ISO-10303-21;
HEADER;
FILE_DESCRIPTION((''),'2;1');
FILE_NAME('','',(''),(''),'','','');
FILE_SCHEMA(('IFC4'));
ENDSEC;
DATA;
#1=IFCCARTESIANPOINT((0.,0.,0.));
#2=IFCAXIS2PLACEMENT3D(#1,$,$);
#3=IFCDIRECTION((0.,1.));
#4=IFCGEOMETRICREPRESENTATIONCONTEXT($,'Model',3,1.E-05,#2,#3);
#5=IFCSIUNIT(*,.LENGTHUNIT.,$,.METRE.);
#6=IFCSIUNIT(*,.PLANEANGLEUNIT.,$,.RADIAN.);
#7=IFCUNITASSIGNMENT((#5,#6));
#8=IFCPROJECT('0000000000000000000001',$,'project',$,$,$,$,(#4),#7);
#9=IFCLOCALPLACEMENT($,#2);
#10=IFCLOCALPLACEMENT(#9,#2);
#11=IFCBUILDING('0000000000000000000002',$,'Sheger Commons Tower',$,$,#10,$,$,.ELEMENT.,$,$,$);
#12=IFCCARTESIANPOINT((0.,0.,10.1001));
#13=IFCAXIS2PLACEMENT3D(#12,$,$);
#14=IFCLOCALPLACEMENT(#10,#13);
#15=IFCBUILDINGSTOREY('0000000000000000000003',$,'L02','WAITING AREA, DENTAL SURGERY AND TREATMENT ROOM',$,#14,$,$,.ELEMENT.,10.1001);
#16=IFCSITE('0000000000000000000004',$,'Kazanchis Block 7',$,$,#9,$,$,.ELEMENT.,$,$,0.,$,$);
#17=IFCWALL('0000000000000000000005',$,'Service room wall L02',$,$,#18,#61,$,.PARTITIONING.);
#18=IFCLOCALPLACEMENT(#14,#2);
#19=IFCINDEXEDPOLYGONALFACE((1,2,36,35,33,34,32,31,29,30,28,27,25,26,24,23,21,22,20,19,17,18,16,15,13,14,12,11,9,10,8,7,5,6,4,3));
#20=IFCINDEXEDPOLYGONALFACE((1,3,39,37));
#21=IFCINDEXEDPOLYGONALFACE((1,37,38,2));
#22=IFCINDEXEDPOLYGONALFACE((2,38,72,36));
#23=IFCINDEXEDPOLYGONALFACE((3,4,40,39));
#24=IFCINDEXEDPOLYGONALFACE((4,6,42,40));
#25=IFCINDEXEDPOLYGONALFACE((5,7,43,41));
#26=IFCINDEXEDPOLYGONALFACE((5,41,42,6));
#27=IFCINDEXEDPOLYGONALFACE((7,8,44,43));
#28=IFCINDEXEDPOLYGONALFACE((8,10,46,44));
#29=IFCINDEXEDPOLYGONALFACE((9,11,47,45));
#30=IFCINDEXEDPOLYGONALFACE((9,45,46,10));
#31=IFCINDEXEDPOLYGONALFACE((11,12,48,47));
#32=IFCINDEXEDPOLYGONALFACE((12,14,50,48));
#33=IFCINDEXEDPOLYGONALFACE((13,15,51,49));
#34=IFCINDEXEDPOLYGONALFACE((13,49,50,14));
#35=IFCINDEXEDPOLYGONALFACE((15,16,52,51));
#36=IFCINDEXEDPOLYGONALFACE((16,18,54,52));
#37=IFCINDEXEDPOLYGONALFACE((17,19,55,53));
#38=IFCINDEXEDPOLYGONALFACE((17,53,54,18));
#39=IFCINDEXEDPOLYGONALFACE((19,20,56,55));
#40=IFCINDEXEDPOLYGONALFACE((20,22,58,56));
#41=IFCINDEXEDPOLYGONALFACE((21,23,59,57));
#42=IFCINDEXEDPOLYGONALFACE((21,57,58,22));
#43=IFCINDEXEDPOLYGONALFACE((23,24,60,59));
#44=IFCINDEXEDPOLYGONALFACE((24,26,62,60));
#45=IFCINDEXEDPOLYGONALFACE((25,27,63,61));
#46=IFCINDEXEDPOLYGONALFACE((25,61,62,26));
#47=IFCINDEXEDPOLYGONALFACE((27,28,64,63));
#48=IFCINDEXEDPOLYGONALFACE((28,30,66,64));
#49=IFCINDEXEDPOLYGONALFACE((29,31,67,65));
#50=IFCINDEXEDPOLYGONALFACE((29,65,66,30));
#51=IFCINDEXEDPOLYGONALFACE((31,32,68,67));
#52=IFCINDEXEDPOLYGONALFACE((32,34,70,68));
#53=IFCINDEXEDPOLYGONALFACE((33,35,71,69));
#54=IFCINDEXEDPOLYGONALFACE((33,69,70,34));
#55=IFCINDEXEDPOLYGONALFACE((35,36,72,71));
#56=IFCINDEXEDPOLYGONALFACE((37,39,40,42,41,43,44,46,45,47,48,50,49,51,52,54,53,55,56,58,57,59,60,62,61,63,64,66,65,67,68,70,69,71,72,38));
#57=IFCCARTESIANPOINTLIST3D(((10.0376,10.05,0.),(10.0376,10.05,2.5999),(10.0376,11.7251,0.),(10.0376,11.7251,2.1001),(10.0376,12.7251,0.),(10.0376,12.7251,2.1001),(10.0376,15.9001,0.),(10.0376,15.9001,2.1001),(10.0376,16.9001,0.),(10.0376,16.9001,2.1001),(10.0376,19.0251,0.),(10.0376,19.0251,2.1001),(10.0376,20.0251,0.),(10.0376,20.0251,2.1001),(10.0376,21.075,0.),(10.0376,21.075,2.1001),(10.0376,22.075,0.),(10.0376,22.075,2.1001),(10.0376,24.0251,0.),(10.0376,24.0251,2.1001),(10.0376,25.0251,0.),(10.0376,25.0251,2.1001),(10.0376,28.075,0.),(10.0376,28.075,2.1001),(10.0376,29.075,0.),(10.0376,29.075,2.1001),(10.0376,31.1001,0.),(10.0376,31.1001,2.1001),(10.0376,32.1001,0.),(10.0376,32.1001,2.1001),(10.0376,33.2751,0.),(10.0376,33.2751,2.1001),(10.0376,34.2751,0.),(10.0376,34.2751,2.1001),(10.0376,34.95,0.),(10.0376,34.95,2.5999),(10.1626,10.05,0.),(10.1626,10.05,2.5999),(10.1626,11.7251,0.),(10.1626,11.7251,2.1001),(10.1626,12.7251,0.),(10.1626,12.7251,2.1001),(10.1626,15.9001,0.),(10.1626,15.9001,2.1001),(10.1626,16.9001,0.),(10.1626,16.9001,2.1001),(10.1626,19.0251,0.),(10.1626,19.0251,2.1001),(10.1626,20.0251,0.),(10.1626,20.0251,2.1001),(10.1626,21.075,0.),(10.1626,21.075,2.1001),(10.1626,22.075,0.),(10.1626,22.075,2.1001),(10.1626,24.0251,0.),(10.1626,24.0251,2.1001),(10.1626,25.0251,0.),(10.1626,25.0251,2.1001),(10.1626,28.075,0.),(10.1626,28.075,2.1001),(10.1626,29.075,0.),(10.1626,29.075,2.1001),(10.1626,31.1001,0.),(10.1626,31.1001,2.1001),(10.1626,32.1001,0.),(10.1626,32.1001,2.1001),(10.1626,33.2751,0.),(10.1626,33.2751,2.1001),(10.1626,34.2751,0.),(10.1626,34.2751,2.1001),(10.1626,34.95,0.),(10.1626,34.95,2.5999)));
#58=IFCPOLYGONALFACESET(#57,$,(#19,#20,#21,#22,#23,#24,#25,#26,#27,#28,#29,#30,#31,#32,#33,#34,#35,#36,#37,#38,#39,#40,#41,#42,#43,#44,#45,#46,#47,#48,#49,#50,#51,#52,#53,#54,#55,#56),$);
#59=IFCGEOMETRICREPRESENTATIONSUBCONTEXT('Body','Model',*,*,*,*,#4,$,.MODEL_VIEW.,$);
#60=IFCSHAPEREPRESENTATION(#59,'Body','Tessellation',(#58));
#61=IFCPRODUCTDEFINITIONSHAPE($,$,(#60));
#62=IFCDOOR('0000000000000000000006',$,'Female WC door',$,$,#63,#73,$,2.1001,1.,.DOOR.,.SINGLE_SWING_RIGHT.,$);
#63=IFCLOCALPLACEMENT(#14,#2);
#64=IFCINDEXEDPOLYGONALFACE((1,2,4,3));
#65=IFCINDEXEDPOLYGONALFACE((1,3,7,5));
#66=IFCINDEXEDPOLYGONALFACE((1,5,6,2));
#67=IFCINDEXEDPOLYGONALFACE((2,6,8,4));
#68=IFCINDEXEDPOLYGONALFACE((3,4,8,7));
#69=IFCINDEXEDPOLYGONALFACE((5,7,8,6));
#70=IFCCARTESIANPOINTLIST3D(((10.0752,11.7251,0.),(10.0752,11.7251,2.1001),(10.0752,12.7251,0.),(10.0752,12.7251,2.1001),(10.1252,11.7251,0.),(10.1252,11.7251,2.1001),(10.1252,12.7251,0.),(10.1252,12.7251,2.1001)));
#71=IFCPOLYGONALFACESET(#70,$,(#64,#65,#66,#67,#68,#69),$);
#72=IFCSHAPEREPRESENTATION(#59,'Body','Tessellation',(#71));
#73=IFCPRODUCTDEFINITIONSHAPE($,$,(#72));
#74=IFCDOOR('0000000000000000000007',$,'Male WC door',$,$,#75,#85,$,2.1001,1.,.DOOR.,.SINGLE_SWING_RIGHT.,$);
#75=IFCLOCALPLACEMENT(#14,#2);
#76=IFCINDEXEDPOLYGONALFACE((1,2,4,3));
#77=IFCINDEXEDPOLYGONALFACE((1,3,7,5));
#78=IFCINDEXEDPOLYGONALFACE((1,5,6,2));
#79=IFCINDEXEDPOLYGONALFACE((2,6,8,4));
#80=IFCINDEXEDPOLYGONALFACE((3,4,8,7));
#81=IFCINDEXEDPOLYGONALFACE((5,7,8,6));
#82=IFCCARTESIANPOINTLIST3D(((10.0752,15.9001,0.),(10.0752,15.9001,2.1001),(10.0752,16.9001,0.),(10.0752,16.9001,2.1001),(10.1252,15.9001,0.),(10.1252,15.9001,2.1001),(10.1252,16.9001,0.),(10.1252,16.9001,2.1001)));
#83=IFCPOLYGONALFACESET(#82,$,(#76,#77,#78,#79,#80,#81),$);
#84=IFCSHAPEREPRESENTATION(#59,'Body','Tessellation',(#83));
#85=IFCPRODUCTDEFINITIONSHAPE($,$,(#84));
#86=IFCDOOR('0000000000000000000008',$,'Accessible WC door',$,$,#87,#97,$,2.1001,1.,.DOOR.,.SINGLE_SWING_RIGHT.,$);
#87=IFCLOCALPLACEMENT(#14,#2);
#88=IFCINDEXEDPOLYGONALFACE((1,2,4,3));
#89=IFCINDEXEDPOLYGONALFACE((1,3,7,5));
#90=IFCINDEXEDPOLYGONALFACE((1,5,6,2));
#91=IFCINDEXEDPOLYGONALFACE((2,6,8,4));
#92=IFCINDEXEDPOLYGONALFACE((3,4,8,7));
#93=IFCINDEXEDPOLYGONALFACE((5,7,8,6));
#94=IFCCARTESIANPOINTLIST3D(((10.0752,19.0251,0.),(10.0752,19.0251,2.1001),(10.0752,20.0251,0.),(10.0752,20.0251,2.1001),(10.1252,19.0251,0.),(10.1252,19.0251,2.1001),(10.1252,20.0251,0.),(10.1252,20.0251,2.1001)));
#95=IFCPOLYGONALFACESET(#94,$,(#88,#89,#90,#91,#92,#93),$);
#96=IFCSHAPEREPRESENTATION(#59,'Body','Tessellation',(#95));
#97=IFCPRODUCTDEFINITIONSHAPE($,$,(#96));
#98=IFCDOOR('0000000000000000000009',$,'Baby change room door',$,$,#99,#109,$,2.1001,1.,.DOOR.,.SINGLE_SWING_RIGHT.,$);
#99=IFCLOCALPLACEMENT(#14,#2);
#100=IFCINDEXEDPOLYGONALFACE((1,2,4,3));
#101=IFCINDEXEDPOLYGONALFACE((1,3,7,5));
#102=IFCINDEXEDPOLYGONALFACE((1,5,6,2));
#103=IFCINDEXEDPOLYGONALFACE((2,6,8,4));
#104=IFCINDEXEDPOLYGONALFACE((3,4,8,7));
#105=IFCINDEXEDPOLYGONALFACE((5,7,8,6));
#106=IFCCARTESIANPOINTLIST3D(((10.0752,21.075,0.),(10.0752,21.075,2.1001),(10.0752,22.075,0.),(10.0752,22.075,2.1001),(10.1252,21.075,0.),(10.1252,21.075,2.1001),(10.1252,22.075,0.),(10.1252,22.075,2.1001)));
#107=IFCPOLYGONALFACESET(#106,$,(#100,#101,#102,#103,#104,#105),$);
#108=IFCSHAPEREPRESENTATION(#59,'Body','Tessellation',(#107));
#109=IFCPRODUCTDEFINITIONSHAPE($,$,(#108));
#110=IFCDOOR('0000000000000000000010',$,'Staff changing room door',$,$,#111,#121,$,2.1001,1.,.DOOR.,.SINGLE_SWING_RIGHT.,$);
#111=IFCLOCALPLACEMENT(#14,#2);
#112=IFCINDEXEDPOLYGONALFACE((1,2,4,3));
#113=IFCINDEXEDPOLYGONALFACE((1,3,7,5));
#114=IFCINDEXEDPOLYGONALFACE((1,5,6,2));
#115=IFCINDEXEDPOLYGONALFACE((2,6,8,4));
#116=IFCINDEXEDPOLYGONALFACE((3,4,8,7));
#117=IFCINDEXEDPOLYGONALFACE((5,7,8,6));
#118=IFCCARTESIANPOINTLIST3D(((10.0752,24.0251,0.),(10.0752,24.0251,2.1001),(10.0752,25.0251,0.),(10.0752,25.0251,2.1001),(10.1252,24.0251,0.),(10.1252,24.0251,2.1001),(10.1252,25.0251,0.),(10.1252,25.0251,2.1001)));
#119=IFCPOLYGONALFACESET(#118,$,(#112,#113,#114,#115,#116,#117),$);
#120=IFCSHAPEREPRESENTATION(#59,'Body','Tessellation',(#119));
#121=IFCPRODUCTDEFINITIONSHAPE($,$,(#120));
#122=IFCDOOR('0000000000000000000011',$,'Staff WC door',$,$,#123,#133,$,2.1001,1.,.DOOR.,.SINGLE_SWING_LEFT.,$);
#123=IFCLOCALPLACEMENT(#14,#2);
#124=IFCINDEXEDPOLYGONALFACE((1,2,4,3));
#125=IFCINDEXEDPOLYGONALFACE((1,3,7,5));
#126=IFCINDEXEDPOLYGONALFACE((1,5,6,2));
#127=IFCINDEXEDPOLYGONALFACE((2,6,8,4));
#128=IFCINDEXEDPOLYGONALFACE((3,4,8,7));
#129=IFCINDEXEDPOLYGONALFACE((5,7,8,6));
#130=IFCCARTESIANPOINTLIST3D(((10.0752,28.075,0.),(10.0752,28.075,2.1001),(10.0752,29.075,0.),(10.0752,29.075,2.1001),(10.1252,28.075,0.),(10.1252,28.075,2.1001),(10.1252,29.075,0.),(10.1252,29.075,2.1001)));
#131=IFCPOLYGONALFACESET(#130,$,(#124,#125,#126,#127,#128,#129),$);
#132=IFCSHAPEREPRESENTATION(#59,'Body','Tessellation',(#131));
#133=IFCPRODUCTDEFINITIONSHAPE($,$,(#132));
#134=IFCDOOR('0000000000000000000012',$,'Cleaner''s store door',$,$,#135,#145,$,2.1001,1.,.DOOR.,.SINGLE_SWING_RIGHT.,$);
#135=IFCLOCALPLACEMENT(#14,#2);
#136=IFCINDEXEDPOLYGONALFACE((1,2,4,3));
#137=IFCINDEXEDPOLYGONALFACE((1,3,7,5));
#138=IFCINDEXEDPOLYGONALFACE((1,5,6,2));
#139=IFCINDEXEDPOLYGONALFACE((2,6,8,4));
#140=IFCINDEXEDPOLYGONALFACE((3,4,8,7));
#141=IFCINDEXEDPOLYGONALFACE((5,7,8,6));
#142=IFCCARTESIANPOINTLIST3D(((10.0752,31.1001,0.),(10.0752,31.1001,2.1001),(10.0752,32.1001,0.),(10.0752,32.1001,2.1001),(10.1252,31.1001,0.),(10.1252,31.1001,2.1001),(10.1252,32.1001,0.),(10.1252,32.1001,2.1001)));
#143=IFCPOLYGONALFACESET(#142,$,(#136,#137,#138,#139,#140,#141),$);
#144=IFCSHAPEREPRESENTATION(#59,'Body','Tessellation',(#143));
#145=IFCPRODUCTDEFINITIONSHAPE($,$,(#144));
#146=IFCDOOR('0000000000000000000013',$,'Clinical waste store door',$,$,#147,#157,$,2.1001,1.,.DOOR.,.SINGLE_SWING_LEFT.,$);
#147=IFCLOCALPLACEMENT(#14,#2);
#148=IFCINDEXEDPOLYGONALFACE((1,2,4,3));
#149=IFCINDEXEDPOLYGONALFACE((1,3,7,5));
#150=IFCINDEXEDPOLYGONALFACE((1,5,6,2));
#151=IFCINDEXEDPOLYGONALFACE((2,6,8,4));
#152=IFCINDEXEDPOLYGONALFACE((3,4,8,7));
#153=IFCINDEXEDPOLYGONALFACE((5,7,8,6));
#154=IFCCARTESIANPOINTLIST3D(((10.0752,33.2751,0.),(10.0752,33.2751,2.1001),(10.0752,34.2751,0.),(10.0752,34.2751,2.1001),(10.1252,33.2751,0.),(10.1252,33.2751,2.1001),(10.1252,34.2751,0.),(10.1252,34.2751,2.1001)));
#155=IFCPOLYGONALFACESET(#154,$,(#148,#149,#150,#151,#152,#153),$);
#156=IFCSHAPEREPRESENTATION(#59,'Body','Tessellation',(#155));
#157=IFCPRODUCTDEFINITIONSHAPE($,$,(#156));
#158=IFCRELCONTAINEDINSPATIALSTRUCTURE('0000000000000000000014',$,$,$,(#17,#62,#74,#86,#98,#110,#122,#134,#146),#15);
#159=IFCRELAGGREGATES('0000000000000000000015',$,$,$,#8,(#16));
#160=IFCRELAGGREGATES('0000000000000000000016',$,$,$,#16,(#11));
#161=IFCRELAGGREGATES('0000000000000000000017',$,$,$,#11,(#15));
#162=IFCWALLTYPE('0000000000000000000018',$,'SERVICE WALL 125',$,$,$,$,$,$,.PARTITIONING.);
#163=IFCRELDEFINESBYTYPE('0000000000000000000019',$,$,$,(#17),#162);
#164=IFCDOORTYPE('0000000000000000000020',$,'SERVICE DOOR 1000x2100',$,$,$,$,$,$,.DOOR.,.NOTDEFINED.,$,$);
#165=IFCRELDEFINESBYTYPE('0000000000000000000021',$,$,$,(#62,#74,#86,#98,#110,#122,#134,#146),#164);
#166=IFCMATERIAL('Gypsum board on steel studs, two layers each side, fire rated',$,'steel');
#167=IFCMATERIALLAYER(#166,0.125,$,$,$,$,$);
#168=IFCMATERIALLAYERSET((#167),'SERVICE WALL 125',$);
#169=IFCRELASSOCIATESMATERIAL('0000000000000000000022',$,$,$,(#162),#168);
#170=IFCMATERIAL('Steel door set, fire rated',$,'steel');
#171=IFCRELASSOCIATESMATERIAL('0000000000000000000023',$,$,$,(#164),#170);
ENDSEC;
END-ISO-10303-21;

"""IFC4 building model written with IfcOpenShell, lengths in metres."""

from ifc_helpers import new_model, si_unit, direction, frame, frame_2d, origin, place, context, subcontext, project, spatial, rectangle, extrude, material, layer, layer_set, type_object, element, fill, save


model = new_model("IFC4")

# Units and contexts
model_context = context("Model", 3, precision=1e-05, world=origin(), true_north=direction((0.0, 1.0)))
body_context = subcontext(model_context, "Body", "Model", "MODEL_VIEW")
ifc_project = project(units=[si_unit("LENGTHUNIT", "METRE"), si_unit("PLANEANGLEUNIT", "RADIAN")], contexts=[model_context])

# Site, building, storey
site_placement = place(None, origin())
site = spatial("IfcSite", under=ifc_project, at=site_placement, Name="Kazanchis Block 7", CompositionType="ELEMENT", RefElevation=0.0)
building_placement = place(site_placement, origin())
building = spatial("IfcBuilding", under=site, at=building_placement, Name="Sheger Commons Tower", CompositionType="ELEMENT")
storey_placement = place(building_placement, frame((0.0, 0.0, 10.1001)))
storey = spatial("IfcBuildingStorey", under=building, at=storey_placement, Name="L02", Description="WAITING AREA, DENTAL SURGERY AND TREATMENT ROOM", CompositionType="ELEMENT", Elevation=10.1001)

# Wall, openings, doors
ifc_material_1 = material(Name="Gypsum board on steel studs, two layers each side, fire rated", Category="steel")
ifc_layer_1 = layer(ifc_material_1, 0.125)
ifc_layer_set_1 = layer_set([ifc_layer_1], Name="SERVICE WALL 125")
wall_type_1 = type_object("IfcWallType", Name="SERVICE WALL 125", PredefinedType="PARTITIONING", material=ifc_layer_set_1)
wall_1_placement = place(storey_placement, frame((10.1001, 10.05, 0.0), z_axis=(0.0, 0.0, 1.0), x_axis=(0.0, 1.0, 0.0)))
wall_1 = element("IfcWall", 1, at=wall_1_placement, inside=storey, type_object=wall_type_1, Name="Service room wall L02", PredefinedType="PARTITIONING", context=body_context, shape_type="SweptSolid", body=[
    extrude(rectangle(XDim=24.8999, YDim=0.125, at=frame_2d((12.45, 0.0))), origin(), (0.0, 0.0, 1.0), 2.5999),
])
opening_1_placement = place(wall_1_placement, frame((1.675, 0.0, 0.0)))
opening_1 = element("IfcOpeningElement", 2, at=opening_1_placement, cuts=wall_1, PredefinedType="OPENING", context=body_context, shape_type="SweptSolid", body=[
    extrude(rectangle(XDim=1.0, YDim=2.1001, at=frame_2d((0.5, 1.05))), frame((0.0, 0.0725, 0.0), z_axis=(0.0, -1.0, 0.0), x_axis=(1.0, 0.0, 0.0)), (0.0, 0.0, 1.0), 0.145),
])
opening_2_placement = place(wall_1_placement, frame((5.8501, 0.0, 0.0)))
opening_2 = element("IfcOpeningElement", 3, at=opening_2_placement, cuts=wall_1, PredefinedType="OPENING", context=body_context, shape_type="SweptSolid", body=[
    extrude(rectangle(XDim=1.0, YDim=2.1001, at=frame_2d((0.5, 1.05))), frame((0.0, 0.0725, 0.0), z_axis=(0.0, -1.0, 0.0), x_axis=(1.0, 0.0, 0.0)), (0.0, 0.0, 1.0), 0.145),
])
opening_3_placement = place(wall_1_placement, frame((8.9751, 0.0, 0.0)))
opening_3 = element("IfcOpeningElement", 4, at=opening_3_placement, cuts=wall_1, PredefinedType="OPENING", context=body_context, shape_type="SweptSolid", body=[
    extrude(rectangle(XDim=1.0, YDim=2.1001, at=frame_2d((0.5, 1.05))), frame((0.0, 0.0725, 0.0), z_axis=(0.0, -1.0, 0.0), x_axis=(1.0, 0.0, 0.0)), (0.0, 0.0, 1.0), 0.145),
])
opening_4_placement = place(wall_1_placement, frame((11.0249, 0.0, 0.0)))
opening_4 = element("IfcOpeningElement", 5, at=opening_4_placement, cuts=wall_1, PredefinedType="OPENING", context=body_context, shape_type="SweptSolid", body=[
    extrude(rectangle(XDim=1.0, YDim=2.1001, at=frame_2d((0.5, 1.05))), frame((0.0, 0.0725, 0.0), z_axis=(0.0, -1.0, 0.0), x_axis=(1.0, 0.0, 0.0)), (0.0, 0.0, 1.0), 0.145),
])
opening_5_placement = place(wall_1_placement, frame((13.9751, 0.0, 0.0)))
opening_5 = element("IfcOpeningElement", 6, at=opening_5_placement, cuts=wall_1, PredefinedType="OPENING", context=body_context, shape_type="SweptSolid", body=[
    extrude(rectangle(XDim=1.0, YDim=2.1001, at=frame_2d((0.5, 1.05))), frame((0.0, 0.0725, 0.0), z_axis=(0.0, -1.0, 0.0), x_axis=(1.0, 0.0, 0.0)), (0.0, 0.0, 1.0), 0.145),
])
opening_6_placement = place(wall_1_placement, frame((18.0249, 0.0, 0.0)))
opening_6 = element("IfcOpeningElement", 7, at=opening_6_placement, cuts=wall_1, PredefinedType="OPENING", context=body_context, shape_type="SweptSolid", body=[
    extrude(rectangle(XDim=1.0, YDim=2.1001, at=frame_2d((0.5, 1.05))), frame((0.0, 0.0725, 0.0), z_axis=(0.0, -1.0, 0.0), x_axis=(1.0, 0.0, 0.0)), (0.0, 0.0, 1.0), 0.145),
])
opening_7_placement = place(wall_1_placement, frame((21.05, 0.0, 0.0)))
opening_7 = element("IfcOpeningElement", 8, at=opening_7_placement, cuts=wall_1, PredefinedType="OPENING", context=body_context, shape_type="SweptSolid", body=[
    extrude(rectangle(XDim=1.0, YDim=2.1001, at=frame_2d((0.5, 1.05))), frame((0.0, 0.0725, 0.0), z_axis=(0.0, -1.0, 0.0), x_axis=(1.0, 0.0, 0.0)), (0.0, 0.0, 1.0), 0.145),
])
opening_8_placement = place(wall_1_placement, frame((23.2251, 0.0, 0.0)))
opening_8 = element("IfcOpeningElement", 9, at=opening_8_placement, cuts=wall_1, PredefinedType="OPENING", context=body_context, shape_type="SweptSolid", body=[
    extrude(rectangle(XDim=1.0, YDim=2.1001, at=frame_2d((0.5, 1.05))), frame((0.0, 0.0725, 0.0), z_axis=(0.0, -1.0, 0.0), x_axis=(1.0, 0.0, 0.0)), (0.0, 0.0, 1.0), 0.145),
])
ifc_material_2 = material(Name="Steel door set, fire rated", Category="steel")
door_type_1 = type_object("IfcDoorType", Name="SERVICE DOOR 1000x2100", OperationType="NOTDEFINED", PredefinedType="DOOR", material=ifc_material_2)
door_1_placement = place(opening_1_placement, origin())
door_1 = element("IfcDoor", 10, at=door_1_placement, inside=storey, type_object=door_type_1, Name="Female WC door", OperationType="SINGLE_SWING_RIGHT", OverallHeight=2.1001, OverallWidth=1.0, PredefinedType="DOOR", context=body_context, shape_type="SweptSolid", body=[
    extrude(rectangle(XDim=1.0, YDim=2.1001, at=frame_2d((0.5, 1.05))), frame((0.0, 0.0249, 0.0), z_axis=(0.0, -1.0, 0.0), x_axis=(1.0, 0.0, 0.0)), (0.0, 0.0, 1.0), 0.05),
])
fill(opening_1, door_1)
door_2_placement = place(opening_2_placement, origin())
door_2 = element("IfcDoor", 11, at=door_2_placement, inside=storey, type_object=door_type_1, Name="Male WC door", OperationType="SINGLE_SWING_RIGHT", OverallHeight=2.1001, OverallWidth=1.0, PredefinedType="DOOR", context=body_context, shape_type="SweptSolid", body=[
    extrude(rectangle(XDim=1.0, YDim=2.1001, at=frame_2d((0.5, 1.05))), frame((0.0, 0.0249, 0.0), z_axis=(0.0, -1.0, 0.0), x_axis=(1.0, 0.0, 0.0)), (0.0, 0.0, 1.0), 0.05),
])
fill(opening_2, door_2)
door_3_placement = place(opening_3_placement, origin())
door_3 = element("IfcDoor", 12, at=door_3_placement, inside=storey, type_object=door_type_1, Name="Accessible WC door", OperationType="SINGLE_SWING_RIGHT", OverallHeight=2.1001, OverallWidth=1.0, PredefinedType="DOOR", context=body_context, shape_type="SweptSolid", body=[
    extrude(rectangle(XDim=1.0, YDim=2.1001, at=frame_2d((0.5, 1.05))), frame((0.0, 0.0249, 0.0), z_axis=(0.0, -1.0, 0.0), x_axis=(1.0, 0.0, 0.0)), (0.0, 0.0, 1.0), 0.05),
])
fill(opening_3, door_3)
door_4_placement = place(opening_4_placement, origin())
door_4 = element("IfcDoor", 13, at=door_4_placement, inside=storey, type_object=door_type_1, Name="Baby change room door", OperationType="SINGLE_SWING_RIGHT", OverallHeight=2.1001, OverallWidth=1.0, PredefinedType="DOOR", context=body_context, shape_type="SweptSolid", body=[
    extrude(rectangle(XDim=1.0, YDim=2.1001, at=frame_2d((0.5, 1.05))), frame((0.0, 0.0249, 0.0), z_axis=(0.0, -1.0, 0.0), x_axis=(1.0, 0.0, 0.0)), (0.0, 0.0, 1.0), 0.05),
])
fill(opening_4, door_4)
door_5_placement = place(opening_5_placement, origin())
door_5 = element("IfcDoor", 14, at=door_5_placement, inside=storey, type_object=door_type_1, Name="Staff changing room door", OperationType="SINGLE_SWING_RIGHT", OverallHeight=2.1001, OverallWidth=1.0, PredefinedType="DOOR", context=body_context, shape_type="SweptSolid", body=[
    extrude(rectangle(XDim=1.0, YDim=2.1001, at=frame_2d((0.5, 1.05))), frame((0.0, 0.0249, 0.0), z_axis=(0.0, -1.0, 0.0), x_axis=(1.0, 0.0, 0.0)), (0.0, 0.0, 1.0), 0.05),
])
fill(opening_5, door_5)
door_6_placement = place(opening_6_placement, origin())
door_6 = element("IfcDoor", 15, at=door_6_placement, inside=storey, type_object=door_type_1, Name="Staff WC door", OperationType="SINGLE_SWING_LEFT", OverallHeight=2.1001, OverallWidth=1.0, PredefinedType="DOOR", context=body_context, shape_type="SweptSolid", body=[
    extrude(rectangle(XDim=1.0, YDim=2.1001, at=frame_2d((0.5, 1.05))), frame((0.0, 0.0249, 0.0), z_axis=(0.0, -1.0, 0.0), x_axis=(1.0, 0.0, 0.0)), (0.0, 0.0, 1.0), 0.05),
])
fill(opening_6, door_6)
door_7_placement = place(opening_7_placement, origin())
door_7 = element("IfcDoor", 16, at=door_7_placement, inside=storey, type_object=door_type_1, Name="Cleaner's store door", OperationType="SINGLE_SWING_RIGHT", OverallHeight=2.1001, OverallWidth=1.0, PredefinedType="DOOR", context=body_context, shape_type="SweptSolid", body=[
    extrude(rectangle(XDim=1.0, YDim=2.1001, at=frame_2d((0.5, 1.05))), frame((0.0, 0.0249, 0.0), z_axis=(0.0, -1.0, 0.0), x_axis=(1.0, 0.0, 0.0)), (0.0, 0.0, 1.0), 0.05),
])
fill(opening_7, door_7)
door_8_placement = place(opening_8_placement, origin())
door_8 = element("IfcDoor", 17, at=door_8_placement, inside=storey, type_object=door_type_1, Name="Clinical waste store door", OperationType="SINGLE_SWING_LEFT", OverallHeight=2.1001, OverallWidth=1.0, PredefinedType="DOOR", context=body_context, shape_type="SweptSolid", body=[
    extrude(rectangle(XDim=1.0, YDim=2.1001, at=frame_2d((0.5, 1.05))), frame((0.0, 0.0249, 0.0), z_axis=(0.0, -1.0, 0.0), x_axis=(1.0, 0.0, 0.0)), (0.0, 0.0, 1.0), 0.05),
])
fill(opening_8, door_8)

save(model, "model.ifc")
